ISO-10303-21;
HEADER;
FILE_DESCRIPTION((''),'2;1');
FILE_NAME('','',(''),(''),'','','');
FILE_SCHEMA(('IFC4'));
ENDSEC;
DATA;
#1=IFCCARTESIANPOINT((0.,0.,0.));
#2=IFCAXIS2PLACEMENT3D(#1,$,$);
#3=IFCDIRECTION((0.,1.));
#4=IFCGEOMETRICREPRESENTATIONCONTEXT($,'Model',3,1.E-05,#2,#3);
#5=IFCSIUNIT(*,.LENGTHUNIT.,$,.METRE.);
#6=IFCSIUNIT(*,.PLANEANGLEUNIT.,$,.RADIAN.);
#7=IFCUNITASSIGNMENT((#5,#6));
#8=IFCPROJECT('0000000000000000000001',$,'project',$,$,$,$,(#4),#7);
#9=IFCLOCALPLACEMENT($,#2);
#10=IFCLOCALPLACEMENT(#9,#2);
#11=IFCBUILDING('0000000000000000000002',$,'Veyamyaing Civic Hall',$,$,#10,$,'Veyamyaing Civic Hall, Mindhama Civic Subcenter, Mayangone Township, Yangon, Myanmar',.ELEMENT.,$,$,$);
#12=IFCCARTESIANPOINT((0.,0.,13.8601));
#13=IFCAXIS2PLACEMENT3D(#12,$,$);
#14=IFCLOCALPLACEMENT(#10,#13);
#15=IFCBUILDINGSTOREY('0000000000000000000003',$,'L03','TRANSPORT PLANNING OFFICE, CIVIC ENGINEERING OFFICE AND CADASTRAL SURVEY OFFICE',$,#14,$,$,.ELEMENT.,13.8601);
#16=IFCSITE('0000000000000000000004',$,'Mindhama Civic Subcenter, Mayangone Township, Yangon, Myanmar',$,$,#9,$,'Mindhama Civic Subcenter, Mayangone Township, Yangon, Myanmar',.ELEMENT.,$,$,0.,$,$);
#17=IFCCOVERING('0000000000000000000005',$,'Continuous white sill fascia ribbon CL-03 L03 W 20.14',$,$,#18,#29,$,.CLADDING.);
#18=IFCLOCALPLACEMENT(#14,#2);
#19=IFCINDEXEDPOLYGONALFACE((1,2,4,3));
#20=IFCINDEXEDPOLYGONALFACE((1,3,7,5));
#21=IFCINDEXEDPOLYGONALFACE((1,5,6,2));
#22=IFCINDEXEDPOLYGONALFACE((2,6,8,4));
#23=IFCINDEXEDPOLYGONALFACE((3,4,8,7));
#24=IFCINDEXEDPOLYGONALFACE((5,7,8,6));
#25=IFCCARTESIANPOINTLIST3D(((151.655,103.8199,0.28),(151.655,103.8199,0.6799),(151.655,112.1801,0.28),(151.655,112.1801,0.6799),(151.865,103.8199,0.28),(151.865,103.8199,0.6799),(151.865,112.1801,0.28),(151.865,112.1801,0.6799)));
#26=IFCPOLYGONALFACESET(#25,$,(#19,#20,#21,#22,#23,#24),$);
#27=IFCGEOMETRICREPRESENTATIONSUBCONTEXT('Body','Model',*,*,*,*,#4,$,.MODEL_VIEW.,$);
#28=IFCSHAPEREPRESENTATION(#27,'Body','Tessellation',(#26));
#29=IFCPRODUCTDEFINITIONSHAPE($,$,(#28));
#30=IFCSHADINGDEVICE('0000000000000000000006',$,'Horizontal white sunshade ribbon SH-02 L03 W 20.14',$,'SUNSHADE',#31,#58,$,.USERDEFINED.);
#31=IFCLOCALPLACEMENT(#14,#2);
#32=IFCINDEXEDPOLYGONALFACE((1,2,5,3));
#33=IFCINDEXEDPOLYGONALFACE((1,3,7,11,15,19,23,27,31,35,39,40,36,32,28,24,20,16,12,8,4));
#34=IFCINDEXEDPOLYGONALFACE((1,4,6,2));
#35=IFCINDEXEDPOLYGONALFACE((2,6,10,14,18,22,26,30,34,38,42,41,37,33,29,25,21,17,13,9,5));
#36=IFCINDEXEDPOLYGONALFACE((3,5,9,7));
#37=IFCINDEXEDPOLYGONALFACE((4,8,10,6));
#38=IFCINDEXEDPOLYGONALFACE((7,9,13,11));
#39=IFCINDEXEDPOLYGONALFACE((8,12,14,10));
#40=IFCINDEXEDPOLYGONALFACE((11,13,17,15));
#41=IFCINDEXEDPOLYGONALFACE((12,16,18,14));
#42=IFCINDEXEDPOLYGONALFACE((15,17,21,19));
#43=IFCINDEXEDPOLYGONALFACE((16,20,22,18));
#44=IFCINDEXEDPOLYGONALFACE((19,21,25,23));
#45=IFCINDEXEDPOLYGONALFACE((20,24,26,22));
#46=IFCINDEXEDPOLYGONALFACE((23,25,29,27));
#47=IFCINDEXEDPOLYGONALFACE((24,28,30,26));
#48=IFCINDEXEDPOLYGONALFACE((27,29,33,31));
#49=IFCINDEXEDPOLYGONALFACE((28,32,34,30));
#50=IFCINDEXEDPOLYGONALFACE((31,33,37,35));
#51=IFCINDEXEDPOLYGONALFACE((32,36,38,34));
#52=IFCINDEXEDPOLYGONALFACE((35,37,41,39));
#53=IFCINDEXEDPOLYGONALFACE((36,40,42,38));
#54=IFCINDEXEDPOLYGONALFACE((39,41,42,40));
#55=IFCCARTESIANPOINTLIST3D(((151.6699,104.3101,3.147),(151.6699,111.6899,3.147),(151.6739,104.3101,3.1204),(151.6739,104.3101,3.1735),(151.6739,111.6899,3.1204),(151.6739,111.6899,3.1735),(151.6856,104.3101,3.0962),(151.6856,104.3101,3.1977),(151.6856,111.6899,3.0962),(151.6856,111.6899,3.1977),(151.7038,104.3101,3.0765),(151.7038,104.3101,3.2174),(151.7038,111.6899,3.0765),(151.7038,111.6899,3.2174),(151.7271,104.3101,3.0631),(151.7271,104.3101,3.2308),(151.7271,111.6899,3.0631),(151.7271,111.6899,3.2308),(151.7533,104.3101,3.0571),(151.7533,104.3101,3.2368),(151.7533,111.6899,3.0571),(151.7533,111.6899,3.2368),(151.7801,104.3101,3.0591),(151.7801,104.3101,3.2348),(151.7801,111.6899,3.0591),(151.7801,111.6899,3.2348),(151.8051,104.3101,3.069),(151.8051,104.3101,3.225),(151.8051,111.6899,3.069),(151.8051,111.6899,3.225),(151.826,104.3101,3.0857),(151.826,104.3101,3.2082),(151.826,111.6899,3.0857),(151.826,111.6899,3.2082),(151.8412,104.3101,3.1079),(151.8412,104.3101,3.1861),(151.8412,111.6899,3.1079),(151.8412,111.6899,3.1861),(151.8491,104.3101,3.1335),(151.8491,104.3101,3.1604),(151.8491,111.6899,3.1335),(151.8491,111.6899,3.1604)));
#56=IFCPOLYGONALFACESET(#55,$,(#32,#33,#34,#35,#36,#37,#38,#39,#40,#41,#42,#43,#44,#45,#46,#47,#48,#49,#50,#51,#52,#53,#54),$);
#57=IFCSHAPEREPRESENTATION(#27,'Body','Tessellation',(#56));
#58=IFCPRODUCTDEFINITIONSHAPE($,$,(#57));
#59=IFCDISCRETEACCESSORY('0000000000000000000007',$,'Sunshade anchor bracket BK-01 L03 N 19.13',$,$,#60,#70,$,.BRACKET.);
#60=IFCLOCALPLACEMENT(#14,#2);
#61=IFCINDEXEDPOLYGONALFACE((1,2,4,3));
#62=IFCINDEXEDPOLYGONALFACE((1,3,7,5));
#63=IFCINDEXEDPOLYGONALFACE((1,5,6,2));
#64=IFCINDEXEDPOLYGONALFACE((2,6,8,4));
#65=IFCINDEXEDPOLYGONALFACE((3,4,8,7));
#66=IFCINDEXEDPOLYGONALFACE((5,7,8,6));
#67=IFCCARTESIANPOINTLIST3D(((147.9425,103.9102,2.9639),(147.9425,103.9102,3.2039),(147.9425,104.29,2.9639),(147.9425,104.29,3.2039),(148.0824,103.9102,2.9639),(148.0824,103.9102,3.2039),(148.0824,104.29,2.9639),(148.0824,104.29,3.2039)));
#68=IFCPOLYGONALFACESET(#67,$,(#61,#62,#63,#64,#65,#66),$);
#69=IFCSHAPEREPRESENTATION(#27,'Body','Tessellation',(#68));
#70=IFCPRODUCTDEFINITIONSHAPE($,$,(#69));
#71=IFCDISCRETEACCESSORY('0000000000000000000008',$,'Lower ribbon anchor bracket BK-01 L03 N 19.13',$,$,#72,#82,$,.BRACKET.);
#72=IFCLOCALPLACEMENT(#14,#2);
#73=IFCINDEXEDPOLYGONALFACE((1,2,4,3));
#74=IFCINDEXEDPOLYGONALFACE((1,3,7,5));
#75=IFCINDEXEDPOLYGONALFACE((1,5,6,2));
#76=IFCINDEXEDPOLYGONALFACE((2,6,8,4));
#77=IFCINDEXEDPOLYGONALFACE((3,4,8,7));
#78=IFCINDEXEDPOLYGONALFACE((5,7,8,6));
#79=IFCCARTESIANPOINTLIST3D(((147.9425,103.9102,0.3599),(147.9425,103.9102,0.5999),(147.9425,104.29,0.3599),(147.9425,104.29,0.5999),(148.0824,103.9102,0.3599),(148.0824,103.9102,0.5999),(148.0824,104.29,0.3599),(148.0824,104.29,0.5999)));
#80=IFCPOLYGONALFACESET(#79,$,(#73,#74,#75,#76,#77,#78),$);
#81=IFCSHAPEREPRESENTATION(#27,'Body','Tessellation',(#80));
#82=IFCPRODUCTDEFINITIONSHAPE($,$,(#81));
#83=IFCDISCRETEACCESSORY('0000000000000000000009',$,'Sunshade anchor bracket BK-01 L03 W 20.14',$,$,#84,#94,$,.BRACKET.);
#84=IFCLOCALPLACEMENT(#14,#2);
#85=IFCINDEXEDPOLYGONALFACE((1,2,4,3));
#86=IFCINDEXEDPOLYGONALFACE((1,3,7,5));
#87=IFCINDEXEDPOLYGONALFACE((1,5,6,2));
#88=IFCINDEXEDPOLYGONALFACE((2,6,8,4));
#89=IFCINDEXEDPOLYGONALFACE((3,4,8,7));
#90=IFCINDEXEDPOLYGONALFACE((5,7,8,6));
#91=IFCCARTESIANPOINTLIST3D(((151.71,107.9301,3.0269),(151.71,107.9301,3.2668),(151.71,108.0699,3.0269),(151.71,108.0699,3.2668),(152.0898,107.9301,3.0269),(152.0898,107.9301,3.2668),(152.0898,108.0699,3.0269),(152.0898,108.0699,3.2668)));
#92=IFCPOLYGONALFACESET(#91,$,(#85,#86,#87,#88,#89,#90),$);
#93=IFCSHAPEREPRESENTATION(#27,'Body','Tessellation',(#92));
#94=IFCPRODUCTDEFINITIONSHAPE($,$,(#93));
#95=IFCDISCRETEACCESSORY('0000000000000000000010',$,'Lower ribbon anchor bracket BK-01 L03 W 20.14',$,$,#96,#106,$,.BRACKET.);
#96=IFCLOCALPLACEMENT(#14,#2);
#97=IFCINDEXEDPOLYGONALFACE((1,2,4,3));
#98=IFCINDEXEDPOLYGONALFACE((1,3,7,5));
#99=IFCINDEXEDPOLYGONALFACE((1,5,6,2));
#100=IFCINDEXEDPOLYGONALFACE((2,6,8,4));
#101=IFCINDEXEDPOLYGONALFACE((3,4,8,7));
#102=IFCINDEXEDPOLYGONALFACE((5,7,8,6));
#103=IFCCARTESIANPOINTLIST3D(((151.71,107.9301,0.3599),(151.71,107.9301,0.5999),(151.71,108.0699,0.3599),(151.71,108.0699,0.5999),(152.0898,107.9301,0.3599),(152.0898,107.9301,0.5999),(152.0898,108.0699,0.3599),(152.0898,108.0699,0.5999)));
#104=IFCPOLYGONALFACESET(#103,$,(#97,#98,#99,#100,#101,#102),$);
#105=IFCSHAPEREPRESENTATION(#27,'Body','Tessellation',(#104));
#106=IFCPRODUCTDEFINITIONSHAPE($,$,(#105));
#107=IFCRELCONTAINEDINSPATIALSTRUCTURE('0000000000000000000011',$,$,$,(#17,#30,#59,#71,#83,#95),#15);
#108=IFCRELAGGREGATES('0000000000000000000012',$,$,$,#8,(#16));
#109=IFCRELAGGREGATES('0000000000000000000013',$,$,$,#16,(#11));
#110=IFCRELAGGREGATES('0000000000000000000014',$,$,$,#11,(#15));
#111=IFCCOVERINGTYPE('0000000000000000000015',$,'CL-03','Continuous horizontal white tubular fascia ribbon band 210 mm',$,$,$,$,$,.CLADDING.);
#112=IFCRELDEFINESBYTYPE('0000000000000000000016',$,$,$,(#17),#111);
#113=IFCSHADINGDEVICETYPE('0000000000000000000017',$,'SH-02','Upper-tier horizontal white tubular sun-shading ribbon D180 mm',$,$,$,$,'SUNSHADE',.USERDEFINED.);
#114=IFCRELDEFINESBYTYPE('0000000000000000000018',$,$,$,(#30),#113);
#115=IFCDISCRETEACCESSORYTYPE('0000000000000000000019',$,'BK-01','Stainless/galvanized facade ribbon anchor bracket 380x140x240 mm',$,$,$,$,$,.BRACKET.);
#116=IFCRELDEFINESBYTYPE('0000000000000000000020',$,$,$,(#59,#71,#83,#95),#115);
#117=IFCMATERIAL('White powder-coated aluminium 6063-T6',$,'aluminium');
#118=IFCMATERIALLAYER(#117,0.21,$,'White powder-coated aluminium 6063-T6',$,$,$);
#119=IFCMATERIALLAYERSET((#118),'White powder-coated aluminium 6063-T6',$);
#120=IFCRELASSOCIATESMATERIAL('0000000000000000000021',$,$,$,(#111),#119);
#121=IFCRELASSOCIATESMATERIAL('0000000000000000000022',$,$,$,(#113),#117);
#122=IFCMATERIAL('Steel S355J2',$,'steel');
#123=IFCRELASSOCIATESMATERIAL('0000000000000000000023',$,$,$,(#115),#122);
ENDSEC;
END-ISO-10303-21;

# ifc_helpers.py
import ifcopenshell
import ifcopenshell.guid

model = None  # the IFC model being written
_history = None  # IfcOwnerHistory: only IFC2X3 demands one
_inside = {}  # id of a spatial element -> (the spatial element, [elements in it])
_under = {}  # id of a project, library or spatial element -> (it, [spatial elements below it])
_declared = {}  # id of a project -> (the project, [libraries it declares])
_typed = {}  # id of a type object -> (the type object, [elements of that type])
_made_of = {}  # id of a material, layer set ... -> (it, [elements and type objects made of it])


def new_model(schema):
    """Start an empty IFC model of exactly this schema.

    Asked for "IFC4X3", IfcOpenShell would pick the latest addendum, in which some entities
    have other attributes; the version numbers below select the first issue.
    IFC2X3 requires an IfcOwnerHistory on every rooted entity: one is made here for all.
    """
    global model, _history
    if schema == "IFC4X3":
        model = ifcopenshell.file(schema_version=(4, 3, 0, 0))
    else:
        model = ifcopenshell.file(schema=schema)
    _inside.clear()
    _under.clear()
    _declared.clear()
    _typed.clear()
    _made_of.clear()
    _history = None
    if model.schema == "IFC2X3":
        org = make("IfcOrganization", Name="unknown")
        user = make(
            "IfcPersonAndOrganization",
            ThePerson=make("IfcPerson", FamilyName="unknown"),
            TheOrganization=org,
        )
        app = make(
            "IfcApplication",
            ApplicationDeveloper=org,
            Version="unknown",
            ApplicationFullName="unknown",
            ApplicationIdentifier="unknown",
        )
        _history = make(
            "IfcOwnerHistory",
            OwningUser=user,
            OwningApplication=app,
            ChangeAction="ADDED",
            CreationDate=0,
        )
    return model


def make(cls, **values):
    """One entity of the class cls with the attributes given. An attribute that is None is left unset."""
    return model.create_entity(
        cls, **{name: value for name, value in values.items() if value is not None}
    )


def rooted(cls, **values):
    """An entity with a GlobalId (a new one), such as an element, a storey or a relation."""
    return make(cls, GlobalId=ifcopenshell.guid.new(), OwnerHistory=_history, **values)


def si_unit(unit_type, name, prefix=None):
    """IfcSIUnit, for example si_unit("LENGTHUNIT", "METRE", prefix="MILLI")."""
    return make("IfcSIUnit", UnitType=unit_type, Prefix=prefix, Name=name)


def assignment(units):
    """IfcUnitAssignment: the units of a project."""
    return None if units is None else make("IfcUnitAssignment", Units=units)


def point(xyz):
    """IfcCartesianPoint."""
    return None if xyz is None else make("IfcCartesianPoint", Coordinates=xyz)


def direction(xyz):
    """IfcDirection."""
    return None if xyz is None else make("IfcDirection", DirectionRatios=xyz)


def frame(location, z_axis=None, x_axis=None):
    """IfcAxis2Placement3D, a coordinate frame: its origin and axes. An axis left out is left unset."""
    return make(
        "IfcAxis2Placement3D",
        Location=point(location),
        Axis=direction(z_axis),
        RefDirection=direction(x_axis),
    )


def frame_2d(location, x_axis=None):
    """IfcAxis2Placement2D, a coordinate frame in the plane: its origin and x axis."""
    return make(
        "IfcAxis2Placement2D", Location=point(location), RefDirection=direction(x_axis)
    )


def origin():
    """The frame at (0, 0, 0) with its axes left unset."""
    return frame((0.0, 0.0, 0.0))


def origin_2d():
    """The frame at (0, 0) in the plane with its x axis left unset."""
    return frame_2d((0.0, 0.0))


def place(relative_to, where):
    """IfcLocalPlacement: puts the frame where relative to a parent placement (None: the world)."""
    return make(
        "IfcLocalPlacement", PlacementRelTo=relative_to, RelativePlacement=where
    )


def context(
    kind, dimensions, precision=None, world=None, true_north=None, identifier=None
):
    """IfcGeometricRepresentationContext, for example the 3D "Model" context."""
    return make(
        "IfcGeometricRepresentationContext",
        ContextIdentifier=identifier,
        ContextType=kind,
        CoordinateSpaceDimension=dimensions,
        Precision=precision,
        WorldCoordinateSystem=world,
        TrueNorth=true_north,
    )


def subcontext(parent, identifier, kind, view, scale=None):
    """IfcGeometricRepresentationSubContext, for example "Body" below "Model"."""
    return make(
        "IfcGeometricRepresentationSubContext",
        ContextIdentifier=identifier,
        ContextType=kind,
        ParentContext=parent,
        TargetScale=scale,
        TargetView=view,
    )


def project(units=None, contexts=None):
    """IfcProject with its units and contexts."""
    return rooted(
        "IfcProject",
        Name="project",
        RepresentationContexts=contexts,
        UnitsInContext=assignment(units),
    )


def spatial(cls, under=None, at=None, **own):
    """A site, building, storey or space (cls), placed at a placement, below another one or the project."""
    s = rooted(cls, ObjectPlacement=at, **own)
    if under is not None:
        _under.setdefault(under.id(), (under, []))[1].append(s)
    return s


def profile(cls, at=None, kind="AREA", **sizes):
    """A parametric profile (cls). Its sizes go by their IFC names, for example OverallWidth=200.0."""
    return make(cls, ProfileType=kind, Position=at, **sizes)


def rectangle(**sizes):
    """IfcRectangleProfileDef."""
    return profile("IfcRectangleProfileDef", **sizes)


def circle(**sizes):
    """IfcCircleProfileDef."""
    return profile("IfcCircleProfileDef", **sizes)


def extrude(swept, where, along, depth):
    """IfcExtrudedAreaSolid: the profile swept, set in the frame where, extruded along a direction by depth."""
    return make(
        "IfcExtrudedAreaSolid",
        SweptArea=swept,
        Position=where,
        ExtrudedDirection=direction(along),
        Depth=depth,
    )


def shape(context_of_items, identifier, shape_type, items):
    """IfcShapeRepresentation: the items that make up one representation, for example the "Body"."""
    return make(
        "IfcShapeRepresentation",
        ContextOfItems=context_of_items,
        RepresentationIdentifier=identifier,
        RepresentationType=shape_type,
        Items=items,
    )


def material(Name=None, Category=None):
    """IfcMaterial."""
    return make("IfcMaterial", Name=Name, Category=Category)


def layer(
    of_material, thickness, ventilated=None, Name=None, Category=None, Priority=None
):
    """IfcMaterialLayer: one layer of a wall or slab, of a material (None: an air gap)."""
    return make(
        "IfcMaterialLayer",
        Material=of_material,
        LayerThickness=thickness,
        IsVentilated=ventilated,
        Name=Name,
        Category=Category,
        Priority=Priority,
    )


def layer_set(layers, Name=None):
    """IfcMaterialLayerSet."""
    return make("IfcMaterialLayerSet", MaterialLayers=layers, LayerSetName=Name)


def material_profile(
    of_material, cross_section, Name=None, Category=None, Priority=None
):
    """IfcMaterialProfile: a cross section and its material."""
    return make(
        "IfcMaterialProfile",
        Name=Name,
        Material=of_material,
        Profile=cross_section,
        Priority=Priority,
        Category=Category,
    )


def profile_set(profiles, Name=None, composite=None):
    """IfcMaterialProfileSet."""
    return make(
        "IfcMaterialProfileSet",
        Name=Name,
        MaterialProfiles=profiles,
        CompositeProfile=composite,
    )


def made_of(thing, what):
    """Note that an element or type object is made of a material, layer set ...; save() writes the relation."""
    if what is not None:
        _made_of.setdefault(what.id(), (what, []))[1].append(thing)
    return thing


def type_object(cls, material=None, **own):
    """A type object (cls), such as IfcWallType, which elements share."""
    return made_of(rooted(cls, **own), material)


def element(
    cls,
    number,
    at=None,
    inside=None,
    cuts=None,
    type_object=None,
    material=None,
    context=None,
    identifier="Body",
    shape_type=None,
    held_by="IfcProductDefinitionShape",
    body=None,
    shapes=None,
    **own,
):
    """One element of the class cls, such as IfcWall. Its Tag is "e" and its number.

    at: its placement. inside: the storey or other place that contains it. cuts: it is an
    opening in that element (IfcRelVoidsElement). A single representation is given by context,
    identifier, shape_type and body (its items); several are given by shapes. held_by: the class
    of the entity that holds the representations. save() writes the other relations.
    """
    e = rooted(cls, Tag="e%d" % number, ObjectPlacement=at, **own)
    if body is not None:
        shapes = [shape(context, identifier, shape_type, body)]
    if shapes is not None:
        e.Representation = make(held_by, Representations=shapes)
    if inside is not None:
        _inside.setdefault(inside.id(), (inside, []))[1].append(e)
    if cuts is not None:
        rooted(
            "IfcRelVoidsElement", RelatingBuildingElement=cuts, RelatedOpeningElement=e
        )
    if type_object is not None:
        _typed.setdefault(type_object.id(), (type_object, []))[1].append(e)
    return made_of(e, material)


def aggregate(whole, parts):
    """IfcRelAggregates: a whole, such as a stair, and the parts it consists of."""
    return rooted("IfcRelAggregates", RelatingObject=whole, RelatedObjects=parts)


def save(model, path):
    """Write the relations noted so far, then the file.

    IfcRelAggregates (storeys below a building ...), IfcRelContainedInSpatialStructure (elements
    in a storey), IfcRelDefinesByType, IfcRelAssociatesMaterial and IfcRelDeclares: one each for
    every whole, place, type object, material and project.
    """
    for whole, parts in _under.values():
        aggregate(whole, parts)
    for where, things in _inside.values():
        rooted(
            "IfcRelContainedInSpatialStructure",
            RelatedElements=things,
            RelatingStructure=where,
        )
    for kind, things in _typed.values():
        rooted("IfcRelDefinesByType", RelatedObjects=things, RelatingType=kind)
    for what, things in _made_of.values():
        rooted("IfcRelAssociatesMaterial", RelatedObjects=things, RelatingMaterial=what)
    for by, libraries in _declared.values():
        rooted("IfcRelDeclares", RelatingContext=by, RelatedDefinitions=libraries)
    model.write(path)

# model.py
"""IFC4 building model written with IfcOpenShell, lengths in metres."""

from ifc_helpers import new_model, si_unit, direction, frame, origin, origin_2d, place, context, subcontext, project, spatial, rectangle, circle, extrude, material, layer, layer_set, material_profile, profile_set, type_object, element, save


model = new_model("IFC4")

# Units and contexts
model_context = context("Model", 3, precision=1e-05, world=origin(), true_north=direction((0.0, 1.0)))
body_context = subcontext(model_context, "Body", "Model", "MODEL_VIEW")
ifc_project = project(units=[si_unit("LENGTHUNIT", "METRE"), si_unit("PLANEANGLEUNIT", "RADIAN")], contexts=[model_context])

# Site, building, storey
site_placement = place(None, origin())
site = spatial("IfcSite", under=ifc_project, at=site_placement, Name="Mindhama Civic Subcenter, Mayangone Township, Yangon, Myanmar", LongName="Mindhama Civic Subcenter, Mayangone Township, Yangon, Myanmar", CompositionType="ELEMENT", RefElevation=0.0)
building_placement = place(site_placement, origin())
building = spatial("IfcBuilding", under=site, at=building_placement, Name="Veyamyaing Civic Hall", LongName="Veyamyaing Civic Hall, Mindhama Civic Subcenter, Mayangone Township, Yangon, Myanmar", CompositionType="ELEMENT")
storey_placement = place(building_placement, frame((0.0, 0.0, 13.8601)))
storey = spatial("IfcBuildingStorey", under=building, at=storey_placement, Name="L03", Description="TRANSPORT PLANNING OFFICE, CIVIC ENGINEERING OFFICE AND CADASTRAL SURVEY OFFICE", CompositionType="ELEMENT", Elevation=13.8601)

# Covering
ifc_material_1 = material(Name="White powder-coated aluminium 6063-T6", Category="aluminium")
ifc_layer_1 = layer(ifc_material_1, 0.21, Name="White powder-coated aluminium 6063-T6")
ifc_layer_set_1 = layer_set([ifc_layer_1], Name="White powder-coated aluminium 6063-T6")
covering_type_1 = type_object("IfcCoveringType", Name="CL-03", Description="Continuous horizontal white tubular fascia ribbon band 210 mm", PredefinedType="CLADDING", material=ifc_layer_set_1)
for number, where, z_axis, x_axis, name in (
    (1, (151.76, 108.0, 0.28), (0.0, 0.0, 1.0), (0.0, 1.0, 0.0), "Continuous white sill fascia ribbon CL-03 L03 W 20.14"),
):
    element("IfcCovering", number, at=place(storey_placement, frame(where, z_axis=z_axis, x_axis=x_axis)), inside=storey, type_object=covering_type_1, Name=name, PredefinedType="CLADDING", context=body_context, shape_type="SweptSolid", body=[
        extrude(rectangle(XDim=8.3601, YDim=0.21, at=origin_2d()), origin(), (0.0, 0.0, 1.0), 0.3999),
    ])

# Shading device
ifc_material_profile_1 = material_profile(ifc_material_1, circle(Radius=0.0901, at=origin_2d()), Name="SHADE-TUBE-180")
ifc_profile_set_1 = profile_set([ifc_material_profile_1], Name="White powder-coated aluminium 6063-T6")
shading_device_type = type_object("IfcShadingDeviceType", Name="SH-02", Description="Upper-tier horizontal white tubular sun-shading ribbon D180 mm", ElementType="SUNSHADE", PredefinedType="USERDEFINED", material=ifc_profile_set_1)
shading_device_placement = place(storey_placement, frame((151.76, 104.3101, 3.147), z_axis=(0.0, 1.0, 0.0), x_axis=(-1.0, 0.0, 0.0)))
element("IfcShadingDevice", 2, at=shading_device_placement, inside=storey, type_object=shading_device_type, Name="Horizontal white sunshade ribbon SH-02 L03 W 20.14", ObjectType="SUNSHADE", PredefinedType="USERDEFINED", context=body_context, shape_type="SweptSolid", body=[
    extrude(circle(Radius=0.0901, at=origin_2d()), origin(), (0.0, 0.0, 1.0), 7.3799),
])

# Discrete accessories
ifc_material_2 = material(Name="Steel S355J2", Category="steel")
discrete_accessory_type = type_object("IfcDiscreteAccessoryType", Name="BK-01", Description="Stainless/galvanized facade ribbon anchor bracket 380x140x240 mm", PredefinedType="BRACKET", material=ifc_material_2)
for number, where, z_axis, x_axis, name in (
    (3, (148.0125, 104.1001, 2.9639), (0.0, 0.0, 1.0), (0.0, 1.0, 0.0), "Sunshade anchor bracket BK-01 L03 N 19.13"),
    (4, (148.0125, 104.1001, 0.3599), (0.0, 0.0, 1.0), (0.0, 1.0, 0.0), "Lower ribbon anchor bracket BK-01 L03 N 19.13"),
    (5, (151.8999, 108.0, 3.0269), (0.0, 0.0, 1.0), (-1.0, 0.0, 0.0), "Sunshade anchor bracket BK-01 L03 W 20.14"),
    (6, (151.8999, 108.0, 0.3599), (0.0, 0.0, 1.0), (-1.0, 0.0, 0.0), "Lower ribbon anchor bracket BK-01 L03 W 20.14"),
):
    element("IfcDiscreteAccessory", number, at=place(storey_placement, frame(where, z_axis=z_axis, x_axis=x_axis)), inside=storey, type_object=discrete_accessory_type, Name=name, PredefinedType="BRACKET", context=body_context, shape_type="SweptSolid", body=[
        extrude(rectangle(XDim=0.3799, YDim=0.1399, at=origin_2d()), origin(), (0.0, 0.0, 1.0), 0.24),
    ])

save(model, "model.ifc")
